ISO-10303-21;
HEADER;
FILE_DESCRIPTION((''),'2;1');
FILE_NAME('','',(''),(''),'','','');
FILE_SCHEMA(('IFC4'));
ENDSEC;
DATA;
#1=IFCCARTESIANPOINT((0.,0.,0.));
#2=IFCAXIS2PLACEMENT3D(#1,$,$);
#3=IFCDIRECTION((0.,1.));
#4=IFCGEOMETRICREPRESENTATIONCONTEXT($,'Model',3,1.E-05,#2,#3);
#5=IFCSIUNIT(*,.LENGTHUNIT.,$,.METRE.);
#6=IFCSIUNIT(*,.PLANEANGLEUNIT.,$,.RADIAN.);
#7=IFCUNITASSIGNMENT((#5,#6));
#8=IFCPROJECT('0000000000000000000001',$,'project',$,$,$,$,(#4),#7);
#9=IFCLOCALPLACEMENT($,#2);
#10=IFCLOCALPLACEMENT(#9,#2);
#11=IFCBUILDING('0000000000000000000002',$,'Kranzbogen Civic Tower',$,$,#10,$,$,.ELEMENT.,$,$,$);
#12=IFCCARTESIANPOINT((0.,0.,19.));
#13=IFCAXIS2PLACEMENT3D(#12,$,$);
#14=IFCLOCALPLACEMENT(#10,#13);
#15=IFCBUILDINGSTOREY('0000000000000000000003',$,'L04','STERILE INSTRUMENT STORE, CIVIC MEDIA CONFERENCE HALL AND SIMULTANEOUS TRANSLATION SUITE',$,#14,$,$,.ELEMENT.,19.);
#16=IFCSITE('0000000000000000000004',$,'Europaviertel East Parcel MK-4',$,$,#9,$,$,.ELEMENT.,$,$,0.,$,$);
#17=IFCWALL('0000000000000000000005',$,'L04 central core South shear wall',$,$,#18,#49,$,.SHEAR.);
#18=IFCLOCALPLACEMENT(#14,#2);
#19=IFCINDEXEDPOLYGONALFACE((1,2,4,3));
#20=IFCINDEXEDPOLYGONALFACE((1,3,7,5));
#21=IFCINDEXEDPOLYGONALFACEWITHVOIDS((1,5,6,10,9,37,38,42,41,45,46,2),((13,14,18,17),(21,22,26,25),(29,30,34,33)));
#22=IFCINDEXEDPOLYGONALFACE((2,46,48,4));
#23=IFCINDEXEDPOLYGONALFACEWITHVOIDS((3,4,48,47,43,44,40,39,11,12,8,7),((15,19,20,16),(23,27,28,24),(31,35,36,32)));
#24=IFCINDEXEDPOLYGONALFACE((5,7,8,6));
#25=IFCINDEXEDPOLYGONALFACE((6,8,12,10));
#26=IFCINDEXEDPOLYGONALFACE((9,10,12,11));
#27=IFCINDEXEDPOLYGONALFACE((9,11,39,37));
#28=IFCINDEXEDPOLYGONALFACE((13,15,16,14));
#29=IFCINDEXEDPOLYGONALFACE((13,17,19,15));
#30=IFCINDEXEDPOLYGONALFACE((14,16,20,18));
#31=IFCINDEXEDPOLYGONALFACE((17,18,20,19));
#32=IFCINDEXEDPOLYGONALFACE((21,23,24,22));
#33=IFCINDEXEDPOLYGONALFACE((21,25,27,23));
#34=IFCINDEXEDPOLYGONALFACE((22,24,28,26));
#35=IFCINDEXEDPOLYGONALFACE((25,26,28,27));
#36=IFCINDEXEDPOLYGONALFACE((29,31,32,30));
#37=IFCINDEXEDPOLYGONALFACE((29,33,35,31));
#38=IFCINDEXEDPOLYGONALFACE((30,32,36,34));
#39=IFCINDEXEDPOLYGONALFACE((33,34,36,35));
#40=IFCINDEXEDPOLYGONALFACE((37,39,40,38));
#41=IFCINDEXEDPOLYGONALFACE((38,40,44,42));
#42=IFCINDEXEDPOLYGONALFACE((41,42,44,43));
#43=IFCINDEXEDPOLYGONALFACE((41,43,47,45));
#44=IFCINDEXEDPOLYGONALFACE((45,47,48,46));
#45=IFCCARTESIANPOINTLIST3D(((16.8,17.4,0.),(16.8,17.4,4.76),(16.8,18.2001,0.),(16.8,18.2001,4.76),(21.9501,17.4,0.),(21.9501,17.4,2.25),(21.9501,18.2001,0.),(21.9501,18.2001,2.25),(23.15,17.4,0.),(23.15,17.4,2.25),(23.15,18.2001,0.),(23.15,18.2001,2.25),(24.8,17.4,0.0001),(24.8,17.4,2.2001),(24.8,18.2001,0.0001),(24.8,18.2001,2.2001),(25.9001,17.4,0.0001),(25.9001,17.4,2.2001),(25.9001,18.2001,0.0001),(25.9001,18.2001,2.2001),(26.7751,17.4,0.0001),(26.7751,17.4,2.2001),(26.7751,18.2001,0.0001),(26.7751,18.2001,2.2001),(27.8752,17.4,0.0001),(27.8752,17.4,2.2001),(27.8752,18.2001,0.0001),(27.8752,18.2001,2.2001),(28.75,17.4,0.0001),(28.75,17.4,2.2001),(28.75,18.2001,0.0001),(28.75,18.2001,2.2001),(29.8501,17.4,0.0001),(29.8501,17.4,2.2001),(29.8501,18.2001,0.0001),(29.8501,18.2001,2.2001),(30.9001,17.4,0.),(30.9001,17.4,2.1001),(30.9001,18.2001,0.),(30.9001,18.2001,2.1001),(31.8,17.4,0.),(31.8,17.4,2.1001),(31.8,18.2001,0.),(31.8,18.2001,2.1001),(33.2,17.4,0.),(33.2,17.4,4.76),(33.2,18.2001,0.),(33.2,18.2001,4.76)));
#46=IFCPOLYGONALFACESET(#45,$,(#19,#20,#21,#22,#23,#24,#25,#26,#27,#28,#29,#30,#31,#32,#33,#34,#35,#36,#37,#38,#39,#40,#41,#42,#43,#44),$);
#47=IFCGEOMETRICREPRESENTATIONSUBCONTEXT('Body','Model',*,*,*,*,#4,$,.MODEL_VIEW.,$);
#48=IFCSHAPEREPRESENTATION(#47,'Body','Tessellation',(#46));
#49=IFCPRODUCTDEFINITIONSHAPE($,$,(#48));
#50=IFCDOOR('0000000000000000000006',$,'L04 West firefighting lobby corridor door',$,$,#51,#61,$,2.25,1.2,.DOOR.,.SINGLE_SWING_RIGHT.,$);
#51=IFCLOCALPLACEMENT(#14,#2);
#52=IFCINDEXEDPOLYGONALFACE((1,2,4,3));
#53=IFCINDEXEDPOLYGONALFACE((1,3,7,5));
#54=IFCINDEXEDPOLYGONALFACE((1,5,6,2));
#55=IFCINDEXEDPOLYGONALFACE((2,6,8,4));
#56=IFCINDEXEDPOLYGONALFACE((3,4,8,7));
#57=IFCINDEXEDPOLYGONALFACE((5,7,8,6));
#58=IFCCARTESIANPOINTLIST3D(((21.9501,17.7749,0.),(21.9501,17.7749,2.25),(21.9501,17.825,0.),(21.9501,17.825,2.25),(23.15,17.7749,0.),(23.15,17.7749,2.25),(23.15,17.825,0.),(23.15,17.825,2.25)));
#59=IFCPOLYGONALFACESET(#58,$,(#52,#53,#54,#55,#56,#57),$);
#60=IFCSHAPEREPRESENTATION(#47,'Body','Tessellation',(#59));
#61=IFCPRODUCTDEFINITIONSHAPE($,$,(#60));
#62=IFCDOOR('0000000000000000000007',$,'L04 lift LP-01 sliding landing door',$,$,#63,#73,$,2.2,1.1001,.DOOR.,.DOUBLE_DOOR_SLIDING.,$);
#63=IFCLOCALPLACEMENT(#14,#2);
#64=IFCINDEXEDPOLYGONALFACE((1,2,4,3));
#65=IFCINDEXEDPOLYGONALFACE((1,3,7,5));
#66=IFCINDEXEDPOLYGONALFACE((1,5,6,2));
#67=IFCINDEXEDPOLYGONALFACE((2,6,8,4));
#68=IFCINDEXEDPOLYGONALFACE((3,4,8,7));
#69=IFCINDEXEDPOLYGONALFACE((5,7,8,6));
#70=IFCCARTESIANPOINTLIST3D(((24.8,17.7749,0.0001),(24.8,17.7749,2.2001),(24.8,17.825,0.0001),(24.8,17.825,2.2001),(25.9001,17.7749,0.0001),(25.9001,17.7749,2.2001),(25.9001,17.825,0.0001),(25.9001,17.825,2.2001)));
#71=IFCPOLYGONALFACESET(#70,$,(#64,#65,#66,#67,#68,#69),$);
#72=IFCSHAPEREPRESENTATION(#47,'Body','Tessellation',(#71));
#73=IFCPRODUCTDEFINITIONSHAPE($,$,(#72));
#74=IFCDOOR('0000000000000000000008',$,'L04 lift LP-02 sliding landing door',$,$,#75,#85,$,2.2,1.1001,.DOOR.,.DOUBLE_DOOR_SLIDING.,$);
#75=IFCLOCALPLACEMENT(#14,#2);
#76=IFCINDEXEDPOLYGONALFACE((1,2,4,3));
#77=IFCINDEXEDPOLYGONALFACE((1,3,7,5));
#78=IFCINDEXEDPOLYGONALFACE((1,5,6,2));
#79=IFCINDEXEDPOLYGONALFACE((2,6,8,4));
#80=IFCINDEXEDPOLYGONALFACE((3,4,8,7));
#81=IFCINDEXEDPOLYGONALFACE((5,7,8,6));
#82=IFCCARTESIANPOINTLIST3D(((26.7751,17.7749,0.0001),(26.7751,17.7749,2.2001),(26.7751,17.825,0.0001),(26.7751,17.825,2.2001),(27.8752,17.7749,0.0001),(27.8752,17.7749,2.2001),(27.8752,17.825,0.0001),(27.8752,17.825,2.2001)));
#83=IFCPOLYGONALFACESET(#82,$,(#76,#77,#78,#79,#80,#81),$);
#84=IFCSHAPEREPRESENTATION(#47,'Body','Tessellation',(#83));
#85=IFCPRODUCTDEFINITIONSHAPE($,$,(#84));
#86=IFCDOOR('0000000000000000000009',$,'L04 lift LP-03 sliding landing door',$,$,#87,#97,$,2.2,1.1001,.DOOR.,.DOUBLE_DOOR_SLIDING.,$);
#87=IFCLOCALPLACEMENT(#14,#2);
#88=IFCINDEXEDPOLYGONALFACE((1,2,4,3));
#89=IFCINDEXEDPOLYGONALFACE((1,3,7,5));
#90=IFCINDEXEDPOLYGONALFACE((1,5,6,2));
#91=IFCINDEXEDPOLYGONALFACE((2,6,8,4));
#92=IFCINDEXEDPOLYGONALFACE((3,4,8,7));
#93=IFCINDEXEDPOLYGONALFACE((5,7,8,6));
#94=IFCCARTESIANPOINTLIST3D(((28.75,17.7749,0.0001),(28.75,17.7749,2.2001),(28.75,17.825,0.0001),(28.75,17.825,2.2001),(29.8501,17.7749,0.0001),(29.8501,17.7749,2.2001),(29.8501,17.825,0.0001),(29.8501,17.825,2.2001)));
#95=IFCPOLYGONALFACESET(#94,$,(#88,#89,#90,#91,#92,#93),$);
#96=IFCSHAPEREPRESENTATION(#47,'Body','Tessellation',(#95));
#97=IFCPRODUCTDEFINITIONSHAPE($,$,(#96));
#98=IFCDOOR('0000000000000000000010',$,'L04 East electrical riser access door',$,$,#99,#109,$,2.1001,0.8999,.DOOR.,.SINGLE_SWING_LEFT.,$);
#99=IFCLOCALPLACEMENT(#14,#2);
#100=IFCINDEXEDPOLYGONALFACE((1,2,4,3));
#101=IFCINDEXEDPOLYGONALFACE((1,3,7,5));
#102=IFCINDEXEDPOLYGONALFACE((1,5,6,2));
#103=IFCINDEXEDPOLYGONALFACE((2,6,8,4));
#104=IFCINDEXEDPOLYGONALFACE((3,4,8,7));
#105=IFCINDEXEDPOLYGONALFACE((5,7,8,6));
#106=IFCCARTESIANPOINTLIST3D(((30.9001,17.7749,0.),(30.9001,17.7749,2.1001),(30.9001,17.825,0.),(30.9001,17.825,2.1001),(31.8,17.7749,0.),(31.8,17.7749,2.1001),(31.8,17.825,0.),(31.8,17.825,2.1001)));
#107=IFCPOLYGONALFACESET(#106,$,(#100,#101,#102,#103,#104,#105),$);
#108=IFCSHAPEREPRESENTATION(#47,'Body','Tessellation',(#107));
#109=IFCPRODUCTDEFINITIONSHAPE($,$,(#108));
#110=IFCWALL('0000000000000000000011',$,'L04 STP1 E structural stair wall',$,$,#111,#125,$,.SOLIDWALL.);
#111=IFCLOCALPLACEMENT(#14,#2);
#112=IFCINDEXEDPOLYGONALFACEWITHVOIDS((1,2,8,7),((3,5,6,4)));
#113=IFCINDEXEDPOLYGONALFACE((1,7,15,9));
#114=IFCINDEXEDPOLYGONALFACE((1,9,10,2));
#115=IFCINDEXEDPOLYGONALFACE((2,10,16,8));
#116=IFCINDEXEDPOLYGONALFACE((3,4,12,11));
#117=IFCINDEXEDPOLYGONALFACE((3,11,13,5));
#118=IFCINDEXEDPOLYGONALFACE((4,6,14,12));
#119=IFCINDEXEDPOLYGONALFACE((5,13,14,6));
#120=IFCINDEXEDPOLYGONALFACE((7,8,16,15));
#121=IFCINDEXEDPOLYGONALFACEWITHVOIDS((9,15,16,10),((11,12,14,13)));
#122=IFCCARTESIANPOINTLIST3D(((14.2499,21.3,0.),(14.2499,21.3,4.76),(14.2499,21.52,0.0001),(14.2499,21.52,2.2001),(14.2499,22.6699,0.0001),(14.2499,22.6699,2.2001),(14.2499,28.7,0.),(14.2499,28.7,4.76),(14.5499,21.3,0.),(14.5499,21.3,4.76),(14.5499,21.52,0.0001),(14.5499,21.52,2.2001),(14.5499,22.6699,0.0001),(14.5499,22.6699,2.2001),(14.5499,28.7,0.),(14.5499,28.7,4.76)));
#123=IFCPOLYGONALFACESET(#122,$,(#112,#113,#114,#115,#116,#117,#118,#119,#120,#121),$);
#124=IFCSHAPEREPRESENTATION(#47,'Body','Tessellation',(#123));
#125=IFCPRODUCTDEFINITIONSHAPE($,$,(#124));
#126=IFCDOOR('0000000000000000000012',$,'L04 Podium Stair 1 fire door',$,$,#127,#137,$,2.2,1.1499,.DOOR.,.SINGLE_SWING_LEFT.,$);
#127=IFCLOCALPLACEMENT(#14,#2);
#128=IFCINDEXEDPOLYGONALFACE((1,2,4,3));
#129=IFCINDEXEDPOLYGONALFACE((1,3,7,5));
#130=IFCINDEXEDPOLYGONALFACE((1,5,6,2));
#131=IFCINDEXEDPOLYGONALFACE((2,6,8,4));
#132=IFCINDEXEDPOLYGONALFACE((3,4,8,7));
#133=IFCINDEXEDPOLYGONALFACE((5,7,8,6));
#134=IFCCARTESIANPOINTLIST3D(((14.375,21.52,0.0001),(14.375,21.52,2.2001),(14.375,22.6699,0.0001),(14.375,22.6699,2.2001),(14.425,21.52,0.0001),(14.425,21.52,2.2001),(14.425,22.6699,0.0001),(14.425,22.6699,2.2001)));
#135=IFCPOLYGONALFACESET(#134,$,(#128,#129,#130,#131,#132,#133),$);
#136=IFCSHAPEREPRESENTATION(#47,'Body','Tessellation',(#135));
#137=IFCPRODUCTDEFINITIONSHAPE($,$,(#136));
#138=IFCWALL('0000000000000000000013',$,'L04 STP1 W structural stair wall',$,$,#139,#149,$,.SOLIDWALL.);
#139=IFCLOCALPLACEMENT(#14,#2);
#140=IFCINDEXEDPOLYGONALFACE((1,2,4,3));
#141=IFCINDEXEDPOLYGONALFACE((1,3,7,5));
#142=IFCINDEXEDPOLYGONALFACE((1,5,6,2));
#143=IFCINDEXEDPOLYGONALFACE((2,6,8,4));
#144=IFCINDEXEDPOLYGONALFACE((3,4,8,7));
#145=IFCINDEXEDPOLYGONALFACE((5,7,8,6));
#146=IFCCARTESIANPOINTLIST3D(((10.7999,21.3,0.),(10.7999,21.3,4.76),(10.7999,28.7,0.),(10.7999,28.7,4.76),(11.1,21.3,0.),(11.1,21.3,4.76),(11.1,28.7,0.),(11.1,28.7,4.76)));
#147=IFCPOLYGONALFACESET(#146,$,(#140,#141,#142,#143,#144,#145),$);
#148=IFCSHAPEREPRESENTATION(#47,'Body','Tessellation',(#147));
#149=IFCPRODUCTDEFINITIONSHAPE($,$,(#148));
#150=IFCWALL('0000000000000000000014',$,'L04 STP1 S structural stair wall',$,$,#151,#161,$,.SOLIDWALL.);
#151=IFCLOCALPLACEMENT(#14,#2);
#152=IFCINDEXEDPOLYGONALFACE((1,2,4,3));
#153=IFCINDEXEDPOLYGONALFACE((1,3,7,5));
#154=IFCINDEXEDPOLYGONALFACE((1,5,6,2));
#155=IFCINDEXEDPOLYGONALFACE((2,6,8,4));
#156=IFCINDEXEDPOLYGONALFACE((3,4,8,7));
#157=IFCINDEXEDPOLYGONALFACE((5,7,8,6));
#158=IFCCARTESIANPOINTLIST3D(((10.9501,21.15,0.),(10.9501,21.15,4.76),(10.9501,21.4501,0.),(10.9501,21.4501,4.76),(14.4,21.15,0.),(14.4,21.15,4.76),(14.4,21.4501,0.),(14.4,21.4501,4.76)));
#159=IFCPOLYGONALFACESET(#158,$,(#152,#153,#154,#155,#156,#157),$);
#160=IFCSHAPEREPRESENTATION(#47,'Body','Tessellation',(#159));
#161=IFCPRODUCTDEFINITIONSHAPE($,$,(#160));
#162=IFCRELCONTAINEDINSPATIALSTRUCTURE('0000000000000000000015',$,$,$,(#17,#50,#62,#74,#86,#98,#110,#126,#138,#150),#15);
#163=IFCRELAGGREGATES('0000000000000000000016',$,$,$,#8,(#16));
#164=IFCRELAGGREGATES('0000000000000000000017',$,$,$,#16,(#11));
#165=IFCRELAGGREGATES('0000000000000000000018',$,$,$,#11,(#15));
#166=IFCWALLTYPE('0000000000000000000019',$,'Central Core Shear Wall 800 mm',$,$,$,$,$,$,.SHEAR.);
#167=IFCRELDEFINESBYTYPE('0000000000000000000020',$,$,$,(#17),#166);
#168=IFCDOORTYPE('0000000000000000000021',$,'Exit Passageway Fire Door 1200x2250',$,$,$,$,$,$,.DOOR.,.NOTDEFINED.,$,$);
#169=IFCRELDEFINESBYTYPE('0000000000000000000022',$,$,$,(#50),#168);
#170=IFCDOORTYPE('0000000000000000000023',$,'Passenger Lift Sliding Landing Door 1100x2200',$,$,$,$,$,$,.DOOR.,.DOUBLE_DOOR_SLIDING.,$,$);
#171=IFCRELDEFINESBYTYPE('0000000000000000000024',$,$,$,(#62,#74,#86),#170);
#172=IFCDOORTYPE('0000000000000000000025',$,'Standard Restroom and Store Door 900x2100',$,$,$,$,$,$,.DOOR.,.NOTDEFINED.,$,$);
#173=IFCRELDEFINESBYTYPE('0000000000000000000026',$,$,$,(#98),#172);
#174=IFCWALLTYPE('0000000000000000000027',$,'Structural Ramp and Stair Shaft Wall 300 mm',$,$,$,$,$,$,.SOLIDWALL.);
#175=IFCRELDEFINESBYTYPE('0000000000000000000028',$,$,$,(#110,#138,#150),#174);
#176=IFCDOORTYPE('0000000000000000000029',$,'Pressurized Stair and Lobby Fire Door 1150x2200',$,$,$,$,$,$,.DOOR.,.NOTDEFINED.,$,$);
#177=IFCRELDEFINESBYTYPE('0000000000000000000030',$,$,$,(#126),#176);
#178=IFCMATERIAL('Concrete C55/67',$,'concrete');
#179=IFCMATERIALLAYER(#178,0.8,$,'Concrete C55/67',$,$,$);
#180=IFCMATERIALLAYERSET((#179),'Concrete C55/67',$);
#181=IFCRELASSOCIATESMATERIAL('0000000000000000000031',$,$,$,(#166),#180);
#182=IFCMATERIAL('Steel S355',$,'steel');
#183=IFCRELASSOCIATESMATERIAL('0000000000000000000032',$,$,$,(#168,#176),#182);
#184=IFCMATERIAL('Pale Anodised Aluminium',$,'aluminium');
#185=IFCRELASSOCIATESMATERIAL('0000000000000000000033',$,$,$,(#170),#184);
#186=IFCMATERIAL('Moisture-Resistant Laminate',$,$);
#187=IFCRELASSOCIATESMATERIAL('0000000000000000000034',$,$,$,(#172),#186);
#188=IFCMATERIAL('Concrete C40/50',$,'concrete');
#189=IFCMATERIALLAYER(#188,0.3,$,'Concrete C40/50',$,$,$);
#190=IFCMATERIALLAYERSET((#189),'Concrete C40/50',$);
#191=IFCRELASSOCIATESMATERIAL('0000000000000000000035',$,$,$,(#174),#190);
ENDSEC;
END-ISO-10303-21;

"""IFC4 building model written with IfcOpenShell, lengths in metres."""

from ifc_helpers import new_model, si_unit, direction, frame, frame_2d, origin, place, context, subcontext, project, spatial, rectangle, extrude, material, layer, layer_set, type_object, element, fill, save


model = new_model("IFC4")

# Units and contexts
model_context = context("Model", 3, precision=1e-05, world=origin(), true_north=direction((0.0, 1.0)))
body_context = subcontext(model_context, "Body", "Model", "MODEL_VIEW")
ifc_project = project(units=[si_unit("LENGTHUNIT", "METRE"), si_unit("PLANEANGLEUNIT", "RADIAN")], contexts=[model_context])

# Site, building, storey
site_placement = place(None, origin())
site = spatial("IfcSite", under=ifc_project, at=site_placement, Name="Europaviertel East Parcel MK-4", CompositionType="ELEMENT", RefElevation=0.0)
building_placement = place(site_placement, origin())
building = spatial("IfcBuilding", under=site, at=building_placement, Name="Kranzbogen Civic Tower", CompositionType="ELEMENT")
storey_placement = place(building_placement, frame((0.0, 0.0, 19.0)))
storey = spatial("IfcBuildingStorey", under=building, at=storey_placement, Name="L04", Description="STERILE INSTRUMENT STORE, CIVIC MEDIA CONFERENCE HALL AND SIMULTANEOUS TRANSLATION SUITE", CompositionType="ELEMENT", Elevation=19.0)

# Shared definitions
ifc_material_1 = material(Name="Pale Anodised Aluminium", Category="aluminium")

# Wall, openings, doors
ifc_material_2 = material(Name="Concrete C55/67", Category="concrete")
ifc_layer_1 = layer(ifc_material_2, 0.8, Name="Concrete C55/67")
ifc_layer_set_1 = layer_set([ifc_layer_1], Name="Concrete C55/67")
wall_type_1 = type_object("IfcWallType", Name="Central Core Shear Wall 800 mm", PredefinedType="SHEAR", material=ifc_layer_set_1)
wall_1_placement = place(storey_placement, frame((16.8, 17.8, 0.0), z_axis=(0.0, 0.0, 1.0), x_axis=(1.0, 0.0, 0.0)))
wall_1 = element("IfcWall", 1, at=wall_1_placement, inside=storey, type_object=wall_type_1, Name="L04 central core South shear wall", PredefinedType="SHEAR", context=body_context, shape_type="SweptSolid", body=[
    extrude(rectangle(XDim=16.3999, YDim=0.8, at=frame_2d((8.2, 0.0))), origin(), (0.0, 0.0, 1.0), 4.76),
])
opening_1_placement = place(wall_1_placement, frame((5.1499, 0.0, 0.0)))
opening_1 = element("IfcOpeningElement", 2, at=opening_1_placement, cuts=wall_1, PredefinedType="OPENING", context=body_context, shape_type="SweptSolid", body=[
    extrude(rectangle(XDim=1.2, YDim=2.25, at=frame_2d((0.6001, 1.125))), frame((0.0, 0.4102, 0.0), z_axis=(0.0, -1.0, 0.0), x_axis=(1.0, 0.0, 0.0)), (0.0, 0.0, 1.0), 0.8201),
])
opening_2_placement = place(wall_1_placement, frame((14.1001, 0.0, 0.0)))
opening_2 = element("IfcOpeningElement", 3, at=opening_2_placement, cuts=wall_1, PredefinedType="OPENING", context=body_context, shape_type="SweptSolid", body=[
    extrude(rectangle(XDim=0.8999, YDim=2.1001, at=frame_2d((0.45, 1.05))), frame((0.0, 0.4102, 0.0), z_axis=(0.0, -1.0, 0.0), x_axis=(1.0, 0.0, 0.0)), (0.0, 0.0, 1.0), 0.8201),
])
opening_3_placement = place(wall_1_placement, frame((8.0, 0.0, 0.0)))
opening_3 = element("IfcOpeningElement", 4, at=opening_3_placement, cuts=wall_1, PredefinedType="OPENING", context=body_context, shape_type="SweptSolid", body=[
    extrude(rectangle(XDim=1.1001, YDim=2.2, at=frame_2d((0.55, 1.1001))), frame((0.0, 0.4102, 0.0), z_axis=(0.0, -1.0, 0.0), x_axis=(1.0, 0.0, 0.0)), (0.0, 0.0, 1.0), 0.8201),
])
opening_4_placement = place(wall_1_placement, frame((9.9751, 0.0, 0.0)))
opening_4 = element("IfcOpeningElement", 5, at=opening_4_placement, cuts=wall_1, PredefinedType="OPENING", context=body_context, shape_type="SweptSolid", body=[
    extrude(rectangle(XDim=1.1001, YDim=2.2, at=frame_2d((0.55, 1.1001))), frame((0.0, 0.4102, 0.0), z_axis=(0.0, -1.0, 0.0), x_axis=(1.0, 0.0, 0.0)), (0.0, 0.0, 1.0), 0.8201),
])
opening_5_placement = place(wall_1_placement, frame((11.95, 0.0, 0.0)))
opening_5 = element("IfcOpeningElement", 6, at=opening_5_placement, cuts=wall_1, PredefinedType="OPENING", context=body_context, shape_type="SweptSolid", body=[
    extrude(rectangle(XDim=1.1001, YDim=2.2, at=frame_2d((0.55, 1.1001))), frame((0.0, 0.4102, 0.0), z_axis=(0.0, -1.0, 0.0), x_axis=(1.0, 0.0, 0.0)), (0.0, 0.0, 1.0), 0.8201),
])
ifc_material_3 = material(Name="Steel S355", Category="steel")
door_type_1 = type_object("IfcDoorType", Name="Exit Passageway Fire Door 1200x2250", OperationType="NOTDEFINED", PredefinedType="DOOR", material=ifc_material_3)
door_1_placement = place(opening_1_placement, origin())
door_1 = element("IfcDoor", 7, at=door_1_placement, inside=storey, type_object=door_type_1, Name="L04 West firefighting lobby corridor door", OperationType="SINGLE_SWING_RIGHT", OverallHeight=2.25, OverallWidth=1.2, PredefinedType="DOOR", context=body_context, shape_type="SweptSolid", body=[
    extrude(rectangle(XDim=1.2, YDim=2.25, at=frame_2d((0.6001, 1.125))), frame((0.0, 0.0249, 0.0), z_axis=(0.0, -1.0, 0.0), x_axis=(1.0, 0.0, 0.0)), (0.0, 0.0, 1.0), 0.05),
])
fill(opening_1, door_1)
door_type_2 = type_object("IfcDoorType", Name="Passenger Lift Sliding Landing Door 1100x2200", OperationType="DOUBLE_DOOR_SLIDING", PredefinedType="DOOR", material=ifc_material_1)
door_2_placement = place(opening_3_placement, origin())
door_2 = element("IfcDoor", 8, at=door_2_placement, inside=storey, type_object=door_type_2, Name="L04 lift LP-01 sliding landing door", OperationType="DOUBLE_DOOR_SLIDING", OverallHeight=2.2, OverallWidth=1.1001, PredefinedType="DOOR", context=body_context, shape_type="SweptSolid", body=[
    extrude(rectangle(XDim=1.1001, YDim=2.2, at=frame_2d((0.55, 1.1001))), frame((0.0, 0.0249, 0.0), z_axis=(0.0, -1.0, 0.0), x_axis=(1.0, 0.0, 0.0)), (0.0, 0.0, 1.0), 0.05),
])
fill(opening_3, door_2)
door_3_placement = place(opening_4_placement, origin())
door_3 = element("IfcDoor", 9, at=door_3_placement, inside=storey, type_object=door_type_2, Name="L04 lift LP-02 sliding landing door", OperationType="DOUBLE_DOOR_SLIDING", OverallHeight=2.2, OverallWidth=1.1001, PredefinedType="DOOR", context=body_context, shape_type="SweptSolid", body=[
    extrude(rectangle(XDim=1.1001, YDim=2.2, at=frame_2d((0.55, 1.1001))), frame((0.0, 0.0249, 0.0), z_axis=(0.0, -1.0, 0.0), x_axis=(1.0, 0.0, 0.0)), (0.0, 0.0, 1.0), 0.05),
])
fill(opening_4, door_3)
door_4_placement = place(opening_5_placement, origin())
door_4 = element("IfcDoor", 10, at=door_4_placement, inside=storey, type_object=door_type_2, Name="L04 lift LP-03 sliding landing door", OperationType="DOUBLE_DOOR_SLIDING", OverallHeight=2.2, OverallWidth=1.1001, PredefinedType="DOOR", context=body_context, shape_type="SweptSolid", body=[
    extrude(rectangle(XDim=1.1001, YDim=2.2, at=frame_2d((0.55, 1.1001))), frame((0.0, 0.0249, 0.0), z_axis=(0.0, -1.0, 0.0), x_axis=(1.0, 0.0, 0.0)), (0.0, 0.0, 1.0), 0.05),
])
fill(opening_5, door_4)
ifc_material_4 = material(Name="Moisture-Resistant Laminate")
door_type_3 = type_object("IfcDoorType", Name="Standard Restroom and Store Door 900x2100", OperationType="NOTDEFINED", PredefinedType="DOOR", material=ifc_material_4)
door_5_placement = place(opening_2_placement, origin())
door_5 = element("IfcDoor", 11, at=door_5_placement, inside=storey, type_object=door_type_3, Name="L04 East electrical riser access door", OperationType="SINGLE_SWING_LEFT", OverallHeight=2.1001, OverallWidth=0.8999, PredefinedType="DOOR", context=body_context, shape_type="SweptSolid", body=[
    extrude(rectangle(XDim=0.8999, YDim=2.1001, at=frame_2d((0.45, 1.05))), frame((0.0, 0.0249, 0.0), z_axis=(0.0, -1.0, 0.0), x_axis=(1.0, 0.0, 0.0)), (0.0, 0.0, 1.0), 0.05),
])
fill(opening_2, door_5)

# Wall, opening, door
ifc_material_5 = material(Name="Concrete C40/50", Category="concrete")
ifc_layer_2 = layer(ifc_material_5, 0.3, Name="Concrete C40/50")
ifc_layer_set_2 = layer_set([ifc_layer_2], Name="Concrete C40/50")
wall_type_2 = type_object("IfcWallType", Name="Structural Ramp and Stair Shaft Wall 300 mm", PredefinedType="SOLIDWALL", material=ifc_layer_set_2)
wall_2_placement = place(storey_placement, frame((14.3999, 21.3, 0.0), z_axis=(0.0, 0.0, 1.0), x_axis=(0.0, 1.0, 0.0)))
wall_2 = element("IfcWall", 12, at=wall_2_placement, inside=storey, type_object=wall_type_2, Name="L04 STP1 E structural stair wall", PredefinedType="SOLIDWALL", context=body_context, shape_type="SweptSolid", body=[
    extrude(rectangle(XDim=7.3999, YDim=0.3, at=frame_2d((3.7, 0.0))), origin(), (0.0, 0.0, 1.0), 4.76),
])
opening_6_placement = place(wall_2_placement, frame((0.22, 0.0, 0.0)))
opening_6 = element("IfcOpeningElement", 13, at=opening_6_placement, cuts=wall_2, PredefinedType="OPENING", context=body_context, shape_type="SweptSolid", body=[
    extrude(rectangle(XDim=1.1499, YDim=2.2, at=frame_2d((0.575, 1.1001))), frame((0.0, 0.1602, 0.0), z_axis=(0.0, -1.0, 0.0), x_axis=(1.0, 0.0, 0.0)), (0.0, 0.0, 1.0), 0.3201),
])
door_type_4 = type_object("IfcDoorType", Name="Pressurized Stair and Lobby Fire Door 1150x2200", OperationType="NOTDEFINED", PredefinedType="DOOR", material=ifc_material_3)
door_6_placement = place(opening_6_placement, origin())
door_6 = element("IfcDoor", 14, at=door_6_placement, inside=storey, type_object=door_type_4, Name="L04 Podium Stair 1 fire door", OperationType="SINGLE_SWING_LEFT", OverallHeight=2.2, OverallWidth=1.1499, PredefinedType="DOOR", context=body_context, shape_type="SweptSolid", body=[
    extrude(rectangle(XDim=1.1499, YDim=2.2, at=frame_2d((0.575, 1.1001))), frame((0.0, 0.0249, 0.0), z_axis=(0.0, -1.0, 0.0), x_axis=(1.0, 0.0, 0.0)), (0.0, 0.0, 1.0), 0.05),
])
fill(opening_6, door_6)

# Walls
wall_3_placement = place(storey_placement, frame((10.95, 21.3, 0.0), z_axis=(0.0, 0.0, 1.0), x_axis=(0.0, 1.0, 0.0)))
element("IfcWall", 15, at=wall_3_placement, inside=storey, type_object=wall_type_2, Name="L04 STP1 W structural stair wall", PredefinedType="SOLIDWALL", context=body_context, shape_type="SweptSolid", body=[
    extrude(rectangle(XDim=7.3999, YDim=0.3, at=frame_2d((3.7, 0.0))), origin(), (0.0, 0.0, 1.0), 4.76),
])
wall_4_placement = place(storey_placement, frame((10.95, 21.3, 0.0), z_axis=(0.0, 0.0, 1.0), x_axis=(1.0, 0.0, 0.0)))
element("IfcWall", 16, at=wall_4_placement, inside=storey, type_object=wall_type_2, Name="L04 STP1 S structural stair wall", PredefinedType="SOLIDWALL", context=body_context, shape_type="SweptSolid", body=[
    extrude(rectangle(XDim=3.45, YDim=0.3, at=frame_2d((1.7251, 0.0))), origin(), (0.0, 0.0, 1.0), 4.76),
])

save(model, "model.ifc")
